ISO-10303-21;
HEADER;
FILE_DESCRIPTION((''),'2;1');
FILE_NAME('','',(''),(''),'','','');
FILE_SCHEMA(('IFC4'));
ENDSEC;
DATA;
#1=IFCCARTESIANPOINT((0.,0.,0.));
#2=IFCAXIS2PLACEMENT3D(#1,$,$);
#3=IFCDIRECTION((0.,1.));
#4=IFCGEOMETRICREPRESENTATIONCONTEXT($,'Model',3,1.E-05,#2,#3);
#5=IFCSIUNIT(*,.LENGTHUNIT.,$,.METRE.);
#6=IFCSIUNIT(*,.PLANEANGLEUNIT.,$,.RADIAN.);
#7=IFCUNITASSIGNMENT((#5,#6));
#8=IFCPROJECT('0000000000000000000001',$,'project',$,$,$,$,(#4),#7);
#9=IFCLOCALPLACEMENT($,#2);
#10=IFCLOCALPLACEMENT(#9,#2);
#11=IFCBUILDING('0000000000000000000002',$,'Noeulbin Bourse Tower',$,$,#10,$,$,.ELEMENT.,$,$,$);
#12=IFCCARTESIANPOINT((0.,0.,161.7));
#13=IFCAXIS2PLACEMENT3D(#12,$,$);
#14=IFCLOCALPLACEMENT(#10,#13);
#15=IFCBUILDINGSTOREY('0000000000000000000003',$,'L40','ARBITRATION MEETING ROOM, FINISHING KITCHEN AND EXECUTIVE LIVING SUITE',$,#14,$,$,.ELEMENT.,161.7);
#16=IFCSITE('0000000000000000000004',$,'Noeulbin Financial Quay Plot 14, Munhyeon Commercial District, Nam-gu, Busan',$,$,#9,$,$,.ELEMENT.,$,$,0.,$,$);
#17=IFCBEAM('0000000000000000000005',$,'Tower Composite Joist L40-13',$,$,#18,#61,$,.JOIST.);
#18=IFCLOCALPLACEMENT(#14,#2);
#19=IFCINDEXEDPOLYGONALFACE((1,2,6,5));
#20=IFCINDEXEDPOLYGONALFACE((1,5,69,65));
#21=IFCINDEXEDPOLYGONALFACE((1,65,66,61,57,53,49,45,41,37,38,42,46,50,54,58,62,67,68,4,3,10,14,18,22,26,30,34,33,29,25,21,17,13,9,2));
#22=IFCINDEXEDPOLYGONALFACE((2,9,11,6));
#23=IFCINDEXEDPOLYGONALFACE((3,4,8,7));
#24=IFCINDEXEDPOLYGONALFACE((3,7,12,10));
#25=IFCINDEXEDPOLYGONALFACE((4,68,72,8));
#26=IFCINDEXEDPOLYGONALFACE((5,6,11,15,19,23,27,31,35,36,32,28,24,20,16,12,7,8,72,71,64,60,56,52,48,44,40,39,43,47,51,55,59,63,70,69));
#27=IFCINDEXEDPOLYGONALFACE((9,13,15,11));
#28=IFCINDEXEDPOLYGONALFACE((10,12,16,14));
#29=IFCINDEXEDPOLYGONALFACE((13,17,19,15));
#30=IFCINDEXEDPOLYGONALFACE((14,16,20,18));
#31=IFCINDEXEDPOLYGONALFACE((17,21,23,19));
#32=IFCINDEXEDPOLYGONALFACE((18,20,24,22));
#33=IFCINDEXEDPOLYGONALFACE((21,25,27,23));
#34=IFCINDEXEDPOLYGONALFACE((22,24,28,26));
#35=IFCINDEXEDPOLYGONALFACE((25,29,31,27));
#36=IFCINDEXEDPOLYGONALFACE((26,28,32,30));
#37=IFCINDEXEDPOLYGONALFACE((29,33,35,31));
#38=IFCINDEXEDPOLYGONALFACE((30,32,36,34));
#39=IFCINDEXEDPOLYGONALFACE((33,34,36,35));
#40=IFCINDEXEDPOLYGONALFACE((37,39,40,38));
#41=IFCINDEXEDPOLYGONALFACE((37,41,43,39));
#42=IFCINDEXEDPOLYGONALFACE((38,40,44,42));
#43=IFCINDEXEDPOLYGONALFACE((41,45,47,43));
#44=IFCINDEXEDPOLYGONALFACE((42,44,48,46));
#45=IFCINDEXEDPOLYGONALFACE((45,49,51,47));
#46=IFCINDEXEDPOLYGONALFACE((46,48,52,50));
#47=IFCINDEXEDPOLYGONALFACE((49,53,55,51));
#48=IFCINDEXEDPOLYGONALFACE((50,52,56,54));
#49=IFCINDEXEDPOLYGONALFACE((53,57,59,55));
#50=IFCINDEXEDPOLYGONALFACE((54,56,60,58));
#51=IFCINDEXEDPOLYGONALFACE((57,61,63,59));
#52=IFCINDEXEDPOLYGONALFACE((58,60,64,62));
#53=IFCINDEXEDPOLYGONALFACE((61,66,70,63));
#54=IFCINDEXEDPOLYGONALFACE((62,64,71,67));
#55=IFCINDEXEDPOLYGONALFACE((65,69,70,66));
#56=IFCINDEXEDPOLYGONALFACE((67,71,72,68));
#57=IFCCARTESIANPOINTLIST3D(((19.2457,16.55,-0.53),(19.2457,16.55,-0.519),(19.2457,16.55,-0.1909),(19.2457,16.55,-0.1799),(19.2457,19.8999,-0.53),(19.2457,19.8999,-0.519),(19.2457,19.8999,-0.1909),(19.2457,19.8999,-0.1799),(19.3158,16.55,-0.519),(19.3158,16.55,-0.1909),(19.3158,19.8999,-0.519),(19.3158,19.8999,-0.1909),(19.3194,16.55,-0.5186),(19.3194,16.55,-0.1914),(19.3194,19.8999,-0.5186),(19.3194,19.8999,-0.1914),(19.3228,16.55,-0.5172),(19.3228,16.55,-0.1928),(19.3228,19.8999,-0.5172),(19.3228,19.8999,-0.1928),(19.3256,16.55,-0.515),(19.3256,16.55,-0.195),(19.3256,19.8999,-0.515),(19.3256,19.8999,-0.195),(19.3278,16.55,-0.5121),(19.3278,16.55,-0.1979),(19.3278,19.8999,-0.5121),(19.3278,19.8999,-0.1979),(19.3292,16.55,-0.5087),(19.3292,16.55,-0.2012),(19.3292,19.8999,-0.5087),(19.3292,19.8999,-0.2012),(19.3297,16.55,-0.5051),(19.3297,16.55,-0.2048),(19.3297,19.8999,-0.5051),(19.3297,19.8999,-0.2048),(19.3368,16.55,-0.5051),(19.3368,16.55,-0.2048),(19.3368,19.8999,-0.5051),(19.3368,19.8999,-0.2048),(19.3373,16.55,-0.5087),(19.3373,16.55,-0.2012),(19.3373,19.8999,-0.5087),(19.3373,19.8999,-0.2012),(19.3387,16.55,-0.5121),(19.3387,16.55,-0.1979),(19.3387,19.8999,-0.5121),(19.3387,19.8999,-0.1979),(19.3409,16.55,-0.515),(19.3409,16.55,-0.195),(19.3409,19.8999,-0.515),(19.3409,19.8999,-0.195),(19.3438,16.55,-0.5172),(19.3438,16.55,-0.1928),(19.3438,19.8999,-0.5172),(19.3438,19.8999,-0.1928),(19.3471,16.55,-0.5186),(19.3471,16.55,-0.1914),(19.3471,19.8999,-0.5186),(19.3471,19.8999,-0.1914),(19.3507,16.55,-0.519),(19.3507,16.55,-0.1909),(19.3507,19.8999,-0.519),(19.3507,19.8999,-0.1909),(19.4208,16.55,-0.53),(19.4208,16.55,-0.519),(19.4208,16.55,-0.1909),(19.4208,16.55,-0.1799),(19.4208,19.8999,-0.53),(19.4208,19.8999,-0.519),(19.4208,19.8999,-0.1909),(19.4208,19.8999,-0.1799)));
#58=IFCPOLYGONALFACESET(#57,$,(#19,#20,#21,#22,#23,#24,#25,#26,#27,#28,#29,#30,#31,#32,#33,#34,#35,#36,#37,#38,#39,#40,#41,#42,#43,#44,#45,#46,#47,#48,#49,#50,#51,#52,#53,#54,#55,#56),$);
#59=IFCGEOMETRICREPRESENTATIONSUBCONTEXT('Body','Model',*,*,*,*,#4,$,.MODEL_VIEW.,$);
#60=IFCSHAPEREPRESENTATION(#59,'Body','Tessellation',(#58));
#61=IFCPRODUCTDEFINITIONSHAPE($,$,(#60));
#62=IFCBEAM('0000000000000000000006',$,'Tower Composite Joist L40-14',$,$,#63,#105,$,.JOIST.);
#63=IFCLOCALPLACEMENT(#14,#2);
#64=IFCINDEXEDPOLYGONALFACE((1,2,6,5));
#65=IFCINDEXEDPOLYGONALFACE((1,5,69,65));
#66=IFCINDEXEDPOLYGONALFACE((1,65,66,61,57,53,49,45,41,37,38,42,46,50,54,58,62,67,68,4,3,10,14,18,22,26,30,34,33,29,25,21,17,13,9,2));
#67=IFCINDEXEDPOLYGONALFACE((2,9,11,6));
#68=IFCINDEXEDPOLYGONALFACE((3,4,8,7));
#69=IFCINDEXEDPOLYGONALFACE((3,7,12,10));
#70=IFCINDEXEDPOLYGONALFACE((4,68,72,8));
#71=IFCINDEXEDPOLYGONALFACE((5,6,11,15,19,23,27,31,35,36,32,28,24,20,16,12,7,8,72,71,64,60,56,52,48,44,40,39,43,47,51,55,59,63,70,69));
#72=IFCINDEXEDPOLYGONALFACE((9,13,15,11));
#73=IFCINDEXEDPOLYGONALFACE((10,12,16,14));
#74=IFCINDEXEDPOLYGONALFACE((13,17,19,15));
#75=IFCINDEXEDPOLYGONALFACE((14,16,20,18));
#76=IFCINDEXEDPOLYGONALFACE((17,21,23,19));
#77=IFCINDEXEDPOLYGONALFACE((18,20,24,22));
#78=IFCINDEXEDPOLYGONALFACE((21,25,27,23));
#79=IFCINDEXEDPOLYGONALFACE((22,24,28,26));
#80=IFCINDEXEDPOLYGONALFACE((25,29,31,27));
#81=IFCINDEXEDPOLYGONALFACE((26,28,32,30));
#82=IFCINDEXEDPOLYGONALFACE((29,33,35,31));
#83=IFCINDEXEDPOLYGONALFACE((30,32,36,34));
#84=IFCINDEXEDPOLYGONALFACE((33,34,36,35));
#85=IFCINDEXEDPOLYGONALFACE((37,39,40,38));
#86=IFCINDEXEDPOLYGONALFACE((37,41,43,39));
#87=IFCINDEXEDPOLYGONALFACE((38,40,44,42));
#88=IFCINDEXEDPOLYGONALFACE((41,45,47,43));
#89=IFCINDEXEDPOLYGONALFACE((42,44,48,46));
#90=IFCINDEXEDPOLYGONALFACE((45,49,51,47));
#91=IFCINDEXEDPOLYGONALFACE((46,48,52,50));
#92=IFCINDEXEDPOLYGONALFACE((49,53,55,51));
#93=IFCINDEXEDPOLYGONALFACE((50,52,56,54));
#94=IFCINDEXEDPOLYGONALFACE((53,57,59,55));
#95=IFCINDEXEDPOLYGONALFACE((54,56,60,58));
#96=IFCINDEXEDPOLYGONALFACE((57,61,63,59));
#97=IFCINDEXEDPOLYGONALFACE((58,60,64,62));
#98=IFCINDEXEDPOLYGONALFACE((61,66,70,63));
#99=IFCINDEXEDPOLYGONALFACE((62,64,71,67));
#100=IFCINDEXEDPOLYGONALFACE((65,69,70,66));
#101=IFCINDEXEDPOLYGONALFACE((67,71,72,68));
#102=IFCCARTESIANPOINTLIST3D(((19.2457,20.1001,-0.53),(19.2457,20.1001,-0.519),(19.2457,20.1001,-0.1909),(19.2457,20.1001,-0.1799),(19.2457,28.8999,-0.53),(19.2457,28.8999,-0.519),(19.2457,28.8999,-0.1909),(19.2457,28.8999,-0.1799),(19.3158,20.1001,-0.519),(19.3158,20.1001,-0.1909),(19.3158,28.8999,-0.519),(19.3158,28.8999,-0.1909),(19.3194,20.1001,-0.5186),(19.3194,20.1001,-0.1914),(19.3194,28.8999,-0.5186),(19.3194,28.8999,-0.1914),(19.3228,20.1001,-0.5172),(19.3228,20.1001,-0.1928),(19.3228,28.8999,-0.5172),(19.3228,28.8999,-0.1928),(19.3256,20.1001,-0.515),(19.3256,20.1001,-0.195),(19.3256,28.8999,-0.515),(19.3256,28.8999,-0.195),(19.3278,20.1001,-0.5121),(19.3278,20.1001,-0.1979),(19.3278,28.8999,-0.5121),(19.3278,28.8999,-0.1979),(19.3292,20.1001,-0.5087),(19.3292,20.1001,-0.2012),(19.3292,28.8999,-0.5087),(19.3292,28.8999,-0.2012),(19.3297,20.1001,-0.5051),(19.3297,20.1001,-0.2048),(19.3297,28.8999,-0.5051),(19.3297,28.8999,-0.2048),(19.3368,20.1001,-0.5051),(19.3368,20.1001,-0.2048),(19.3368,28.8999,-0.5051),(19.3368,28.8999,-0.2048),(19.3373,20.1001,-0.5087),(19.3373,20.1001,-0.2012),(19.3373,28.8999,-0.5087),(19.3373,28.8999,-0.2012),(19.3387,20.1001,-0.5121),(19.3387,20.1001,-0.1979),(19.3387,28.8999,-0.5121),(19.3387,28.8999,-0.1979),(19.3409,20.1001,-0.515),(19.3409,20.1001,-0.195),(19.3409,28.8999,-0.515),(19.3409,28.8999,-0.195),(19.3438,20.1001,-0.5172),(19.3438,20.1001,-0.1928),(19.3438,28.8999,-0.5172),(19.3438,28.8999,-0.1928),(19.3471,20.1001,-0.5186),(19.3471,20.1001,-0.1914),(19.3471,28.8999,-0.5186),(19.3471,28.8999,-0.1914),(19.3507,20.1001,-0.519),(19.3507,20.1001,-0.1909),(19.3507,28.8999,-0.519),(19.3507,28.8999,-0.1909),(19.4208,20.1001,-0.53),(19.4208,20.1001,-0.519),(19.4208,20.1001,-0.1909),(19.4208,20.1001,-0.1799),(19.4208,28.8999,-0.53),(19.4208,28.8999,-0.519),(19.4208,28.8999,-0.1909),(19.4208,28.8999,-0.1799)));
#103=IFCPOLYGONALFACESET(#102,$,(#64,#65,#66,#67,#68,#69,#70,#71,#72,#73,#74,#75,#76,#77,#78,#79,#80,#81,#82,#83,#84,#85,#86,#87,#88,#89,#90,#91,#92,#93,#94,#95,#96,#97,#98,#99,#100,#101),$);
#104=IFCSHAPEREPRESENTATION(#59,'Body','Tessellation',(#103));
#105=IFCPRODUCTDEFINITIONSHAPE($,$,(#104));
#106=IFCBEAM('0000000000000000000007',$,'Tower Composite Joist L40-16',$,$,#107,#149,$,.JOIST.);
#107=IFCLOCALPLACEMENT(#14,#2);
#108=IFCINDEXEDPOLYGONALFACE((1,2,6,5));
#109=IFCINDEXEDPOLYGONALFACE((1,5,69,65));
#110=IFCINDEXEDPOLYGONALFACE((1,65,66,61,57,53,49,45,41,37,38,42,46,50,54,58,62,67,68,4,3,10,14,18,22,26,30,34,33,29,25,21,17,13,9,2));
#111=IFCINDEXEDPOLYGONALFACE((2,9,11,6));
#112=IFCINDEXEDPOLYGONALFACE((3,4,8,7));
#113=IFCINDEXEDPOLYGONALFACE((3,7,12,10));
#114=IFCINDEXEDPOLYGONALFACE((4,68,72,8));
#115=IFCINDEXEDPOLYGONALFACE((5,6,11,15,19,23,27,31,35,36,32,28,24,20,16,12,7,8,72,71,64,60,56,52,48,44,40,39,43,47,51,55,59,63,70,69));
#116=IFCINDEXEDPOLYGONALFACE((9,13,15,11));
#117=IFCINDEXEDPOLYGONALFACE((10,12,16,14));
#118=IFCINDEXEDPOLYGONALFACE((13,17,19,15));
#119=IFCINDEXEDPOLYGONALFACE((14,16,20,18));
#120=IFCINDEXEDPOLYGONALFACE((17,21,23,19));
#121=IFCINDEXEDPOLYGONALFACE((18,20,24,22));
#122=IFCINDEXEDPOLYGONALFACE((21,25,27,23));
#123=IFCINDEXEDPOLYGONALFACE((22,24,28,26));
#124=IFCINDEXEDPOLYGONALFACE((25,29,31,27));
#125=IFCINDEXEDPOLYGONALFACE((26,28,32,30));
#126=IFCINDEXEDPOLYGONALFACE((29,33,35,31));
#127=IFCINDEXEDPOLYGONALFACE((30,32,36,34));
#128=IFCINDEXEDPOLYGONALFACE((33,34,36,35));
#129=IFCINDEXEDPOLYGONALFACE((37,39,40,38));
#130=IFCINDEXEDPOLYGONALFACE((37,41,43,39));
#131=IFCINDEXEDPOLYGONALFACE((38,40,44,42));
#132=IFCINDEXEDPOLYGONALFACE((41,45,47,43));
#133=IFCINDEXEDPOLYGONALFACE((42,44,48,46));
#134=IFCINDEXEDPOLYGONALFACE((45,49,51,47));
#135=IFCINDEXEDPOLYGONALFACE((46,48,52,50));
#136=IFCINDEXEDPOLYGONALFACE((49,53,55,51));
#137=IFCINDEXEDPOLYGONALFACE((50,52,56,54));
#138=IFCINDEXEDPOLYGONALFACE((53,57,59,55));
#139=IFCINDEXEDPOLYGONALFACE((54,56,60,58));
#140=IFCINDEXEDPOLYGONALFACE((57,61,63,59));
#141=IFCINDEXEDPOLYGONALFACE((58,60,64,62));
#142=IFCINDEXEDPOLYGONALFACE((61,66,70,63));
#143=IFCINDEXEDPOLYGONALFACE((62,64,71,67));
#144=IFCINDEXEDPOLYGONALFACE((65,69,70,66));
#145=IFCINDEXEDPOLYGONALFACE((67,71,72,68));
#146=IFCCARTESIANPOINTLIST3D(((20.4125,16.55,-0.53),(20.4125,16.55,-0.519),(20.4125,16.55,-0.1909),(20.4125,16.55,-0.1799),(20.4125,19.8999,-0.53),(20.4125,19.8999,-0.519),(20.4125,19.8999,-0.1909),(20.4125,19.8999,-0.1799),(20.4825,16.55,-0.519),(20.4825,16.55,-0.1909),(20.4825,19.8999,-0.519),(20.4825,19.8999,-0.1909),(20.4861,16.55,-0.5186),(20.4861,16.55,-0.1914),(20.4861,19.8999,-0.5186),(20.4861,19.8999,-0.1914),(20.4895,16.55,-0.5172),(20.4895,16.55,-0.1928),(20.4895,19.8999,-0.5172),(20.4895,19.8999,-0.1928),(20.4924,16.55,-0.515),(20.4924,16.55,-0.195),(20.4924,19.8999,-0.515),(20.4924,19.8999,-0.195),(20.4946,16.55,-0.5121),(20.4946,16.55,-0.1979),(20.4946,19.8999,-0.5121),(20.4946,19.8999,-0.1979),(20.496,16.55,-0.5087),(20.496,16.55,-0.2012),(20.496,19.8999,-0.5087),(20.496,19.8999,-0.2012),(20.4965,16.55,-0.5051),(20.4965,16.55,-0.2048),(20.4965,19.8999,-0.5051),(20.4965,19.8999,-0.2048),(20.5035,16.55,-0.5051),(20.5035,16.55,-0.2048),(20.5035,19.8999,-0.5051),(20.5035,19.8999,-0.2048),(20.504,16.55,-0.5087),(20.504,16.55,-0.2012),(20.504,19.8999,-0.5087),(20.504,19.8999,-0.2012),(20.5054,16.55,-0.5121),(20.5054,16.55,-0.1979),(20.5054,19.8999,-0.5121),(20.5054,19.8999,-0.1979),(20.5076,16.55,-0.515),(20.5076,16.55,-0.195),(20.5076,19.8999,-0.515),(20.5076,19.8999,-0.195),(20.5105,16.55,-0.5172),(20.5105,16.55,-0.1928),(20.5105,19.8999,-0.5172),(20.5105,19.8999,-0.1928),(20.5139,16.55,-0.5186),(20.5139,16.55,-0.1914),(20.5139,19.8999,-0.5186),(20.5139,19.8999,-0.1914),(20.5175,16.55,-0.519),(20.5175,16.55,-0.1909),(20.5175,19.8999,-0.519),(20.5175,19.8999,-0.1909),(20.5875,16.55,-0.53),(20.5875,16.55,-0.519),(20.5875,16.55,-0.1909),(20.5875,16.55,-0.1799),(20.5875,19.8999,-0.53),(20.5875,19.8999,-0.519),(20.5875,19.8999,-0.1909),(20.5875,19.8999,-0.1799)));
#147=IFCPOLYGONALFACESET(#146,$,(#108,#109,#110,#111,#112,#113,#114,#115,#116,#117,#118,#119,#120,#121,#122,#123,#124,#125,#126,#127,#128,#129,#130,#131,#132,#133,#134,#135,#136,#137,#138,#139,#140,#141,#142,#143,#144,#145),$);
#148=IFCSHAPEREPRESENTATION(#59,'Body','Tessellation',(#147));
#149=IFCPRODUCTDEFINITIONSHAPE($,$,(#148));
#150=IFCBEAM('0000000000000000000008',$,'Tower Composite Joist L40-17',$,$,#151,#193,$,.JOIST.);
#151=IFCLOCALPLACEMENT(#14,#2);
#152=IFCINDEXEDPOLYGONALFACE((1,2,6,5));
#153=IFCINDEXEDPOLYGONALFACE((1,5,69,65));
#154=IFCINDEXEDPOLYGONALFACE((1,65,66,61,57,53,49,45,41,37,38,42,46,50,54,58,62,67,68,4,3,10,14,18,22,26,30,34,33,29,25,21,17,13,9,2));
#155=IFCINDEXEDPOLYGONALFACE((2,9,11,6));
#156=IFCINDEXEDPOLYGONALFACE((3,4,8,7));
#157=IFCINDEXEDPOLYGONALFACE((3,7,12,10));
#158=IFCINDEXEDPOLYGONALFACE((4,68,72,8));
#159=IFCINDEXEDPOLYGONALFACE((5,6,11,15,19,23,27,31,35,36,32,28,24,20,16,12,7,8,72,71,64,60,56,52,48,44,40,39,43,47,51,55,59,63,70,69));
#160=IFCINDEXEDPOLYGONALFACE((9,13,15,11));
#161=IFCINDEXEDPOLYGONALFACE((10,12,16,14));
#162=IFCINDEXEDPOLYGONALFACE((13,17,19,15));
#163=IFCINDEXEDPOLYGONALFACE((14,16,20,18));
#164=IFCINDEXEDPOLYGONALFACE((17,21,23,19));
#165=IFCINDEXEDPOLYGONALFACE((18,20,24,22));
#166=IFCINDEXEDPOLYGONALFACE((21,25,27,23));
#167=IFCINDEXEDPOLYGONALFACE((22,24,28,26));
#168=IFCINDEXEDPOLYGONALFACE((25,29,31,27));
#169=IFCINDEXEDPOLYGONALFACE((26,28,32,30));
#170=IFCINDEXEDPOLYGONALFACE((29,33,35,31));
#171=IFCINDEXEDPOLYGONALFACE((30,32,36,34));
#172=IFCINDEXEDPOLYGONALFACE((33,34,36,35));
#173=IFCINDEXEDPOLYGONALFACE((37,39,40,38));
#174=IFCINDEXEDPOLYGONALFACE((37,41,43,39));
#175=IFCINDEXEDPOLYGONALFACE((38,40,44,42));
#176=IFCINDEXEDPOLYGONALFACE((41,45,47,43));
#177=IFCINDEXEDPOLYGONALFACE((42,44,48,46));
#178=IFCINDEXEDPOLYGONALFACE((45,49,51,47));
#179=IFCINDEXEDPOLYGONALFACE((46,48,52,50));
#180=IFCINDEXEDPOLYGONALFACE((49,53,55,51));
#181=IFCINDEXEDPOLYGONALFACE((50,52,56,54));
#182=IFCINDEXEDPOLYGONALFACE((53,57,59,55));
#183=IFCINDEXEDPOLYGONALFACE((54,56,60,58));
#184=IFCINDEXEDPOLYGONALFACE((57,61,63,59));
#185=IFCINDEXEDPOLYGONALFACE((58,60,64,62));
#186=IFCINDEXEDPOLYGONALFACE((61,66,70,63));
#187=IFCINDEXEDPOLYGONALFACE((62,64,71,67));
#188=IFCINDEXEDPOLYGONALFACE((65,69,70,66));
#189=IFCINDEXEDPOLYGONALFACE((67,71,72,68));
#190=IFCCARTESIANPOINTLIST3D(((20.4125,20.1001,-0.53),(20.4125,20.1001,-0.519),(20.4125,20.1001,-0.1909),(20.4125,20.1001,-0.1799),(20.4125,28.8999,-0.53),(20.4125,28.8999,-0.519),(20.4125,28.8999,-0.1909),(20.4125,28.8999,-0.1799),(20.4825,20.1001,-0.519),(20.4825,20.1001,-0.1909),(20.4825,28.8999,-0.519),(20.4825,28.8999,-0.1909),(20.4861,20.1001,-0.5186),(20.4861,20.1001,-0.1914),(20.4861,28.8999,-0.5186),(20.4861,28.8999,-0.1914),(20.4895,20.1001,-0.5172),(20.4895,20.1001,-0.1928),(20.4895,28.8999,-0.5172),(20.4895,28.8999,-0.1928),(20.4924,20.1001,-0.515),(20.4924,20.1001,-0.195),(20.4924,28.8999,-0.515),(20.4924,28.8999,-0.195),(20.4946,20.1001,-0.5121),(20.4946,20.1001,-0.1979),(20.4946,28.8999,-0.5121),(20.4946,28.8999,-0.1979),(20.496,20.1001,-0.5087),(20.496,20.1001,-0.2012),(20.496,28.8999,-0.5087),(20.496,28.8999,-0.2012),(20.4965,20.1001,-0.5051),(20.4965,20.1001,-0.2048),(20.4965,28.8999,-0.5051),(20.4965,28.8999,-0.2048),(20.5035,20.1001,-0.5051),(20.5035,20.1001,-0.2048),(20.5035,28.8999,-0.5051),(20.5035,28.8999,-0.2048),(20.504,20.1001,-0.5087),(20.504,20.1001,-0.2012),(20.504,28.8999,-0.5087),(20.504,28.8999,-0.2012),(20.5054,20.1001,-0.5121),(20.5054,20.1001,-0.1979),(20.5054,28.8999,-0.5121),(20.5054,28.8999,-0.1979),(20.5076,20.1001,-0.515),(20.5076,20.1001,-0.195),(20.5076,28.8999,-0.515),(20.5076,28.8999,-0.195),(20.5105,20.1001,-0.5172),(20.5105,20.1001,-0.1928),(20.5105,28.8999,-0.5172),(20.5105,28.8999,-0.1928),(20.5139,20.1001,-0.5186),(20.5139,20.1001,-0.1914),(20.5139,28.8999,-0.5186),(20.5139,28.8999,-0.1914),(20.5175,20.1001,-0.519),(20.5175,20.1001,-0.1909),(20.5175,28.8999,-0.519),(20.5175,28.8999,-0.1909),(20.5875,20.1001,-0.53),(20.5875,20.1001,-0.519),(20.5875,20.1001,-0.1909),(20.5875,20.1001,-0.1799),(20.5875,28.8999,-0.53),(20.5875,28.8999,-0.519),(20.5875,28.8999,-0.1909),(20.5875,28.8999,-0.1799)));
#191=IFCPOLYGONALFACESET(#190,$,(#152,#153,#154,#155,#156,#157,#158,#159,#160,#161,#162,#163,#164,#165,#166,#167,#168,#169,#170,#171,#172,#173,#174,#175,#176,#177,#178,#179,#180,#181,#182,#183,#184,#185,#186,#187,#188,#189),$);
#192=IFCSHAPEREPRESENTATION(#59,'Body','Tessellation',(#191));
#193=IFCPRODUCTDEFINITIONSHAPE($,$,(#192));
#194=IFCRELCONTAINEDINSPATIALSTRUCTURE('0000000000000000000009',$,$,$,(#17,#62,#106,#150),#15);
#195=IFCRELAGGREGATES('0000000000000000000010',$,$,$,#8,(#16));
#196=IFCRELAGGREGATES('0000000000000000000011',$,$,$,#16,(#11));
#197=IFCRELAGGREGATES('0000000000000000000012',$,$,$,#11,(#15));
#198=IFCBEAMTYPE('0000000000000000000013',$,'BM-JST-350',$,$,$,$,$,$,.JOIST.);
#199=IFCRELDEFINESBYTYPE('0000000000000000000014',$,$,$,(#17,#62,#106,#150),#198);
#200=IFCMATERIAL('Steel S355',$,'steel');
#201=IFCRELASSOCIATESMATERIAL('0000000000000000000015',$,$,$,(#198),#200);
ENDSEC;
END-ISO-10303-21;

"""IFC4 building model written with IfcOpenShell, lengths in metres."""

from ifc_helpers import new_model, si_unit, direction, frame, origin, origin_2d, place, context, subcontext, project, spatial, i_section, extrude, material, material_profile, profile_set, type_object, element, save


model = new_model("IFC4")

# Units and contexts
model_context = context("Model", 3, precision=1e-05, world=origin(), true_north=direction((0.0, 1.0)))
body_context = subcontext(model_context, "Body", "Model", "MODEL_VIEW")
ifc_project = project(units=[si_unit("LENGTHUNIT", "METRE"), si_unit("PLANEANGLEUNIT", "RADIAN")], contexts=[model_context])

# Site, building, storey
site_placement = place(None, origin())
site = spatial("IfcSite", under=ifc_project, at=site_placement, Name="Noeulbin Financial Quay Plot 14, Munhyeon Commercial District, Nam-gu, Busan", CompositionType="ELEMENT", RefElevation=0.0)
building_placement = place(site_placement, origin())
building = spatial("IfcBuilding", under=site, at=building_placement, Name="Noeulbin Bourse Tower", CompositionType="ELEMENT")
storey_placement = place(building_placement, frame((0.0, 0.0, 161.7)))
storey = spatial("IfcBuildingStorey", under=building, at=storey_placement, Name="L40", Description="ARBITRATION MEETING ROOM, FINISHING KITCHEN AND EXECUTIVE LIVING SUITE", CompositionType="ELEMENT", Elevation=161.7)

# Shared definitions
ifc_material_1 = material(Name="Steel S355", Category="steel")

# Beams
ifc_material_profile_1 = material_profile(ifc_material_1, i_section(OverallWidth=0.175, OverallDepth=0.3501, WebThickness=0.0071, FlangeThickness=0.011, FilletRadius=0.0139, at=origin_2d()), Name="H-350x175x7x11", Category="LoadBearing")
ifc_profile_set_1 = profile_set([ifc_material_profile_1], Name="Steel S355")
beam_type_1 = type_object("IfcBeamType", Name="BM-JST-350", PredefinedType="JOIST", material=ifc_profile_set_1)
beam_1_placement = place(storey_placement, frame((19.3333, 16.55, -0.355), z_axis=(0.0, 1.0, 0.0), x_axis=(-1.0, 0.0, 0.0)))
element("IfcBeam", 1, at=beam_1_placement, inside=storey, type_object=beam_type_1, Name="Tower Composite Joist L40-13", PredefinedType="JOIST", context=body_context, shape_type="SweptSolid", body=[
    extrude(i_section(OverallWidth=0.175, OverallDepth=0.3501, WebThickness=0.0071, FlangeThickness=0.011, FilletRadius=0.0139, at=origin_2d()), origin(), (0.0, 0.0, 1.0), 3.3499),
])
beam_2_placement = place(storey_placement, frame((19.3333, 20.1001, -0.355), z_axis=(0.0, 1.0, 0.0), x_axis=(-1.0, 0.0, 0.0)))
element("IfcBeam", 2, at=beam_2_placement, inside=storey, type_object=beam_type_1, Name="Tower Composite Joist L40-14", PredefinedType="JOIST", context=body_context, shape_type="SweptSolid", body=[
    extrude(i_section(OverallWidth=0.175, OverallDepth=0.3501, WebThickness=0.0071, FlangeThickness=0.011, FilletRadius=0.0139, at=origin_2d()), origin(), (0.0, 0.0, 1.0), 8.7998),
])
beam_3_placement = place(storey_placement, frame((20.5, 16.55, -0.355), z_axis=(0.0, 1.0, 0.0), x_axis=(-1.0, 0.0, 0.0)))
element("IfcBeam", 3, at=beam_3_placement, inside=storey, type_object=beam_type_1, Name="Tower Composite Joist L40-16", PredefinedType="JOIST", context=body_context, shape_type="SweptSolid", body=[
    extrude(i_section(OverallWidth=0.175, OverallDepth=0.3501, WebThickness=0.0071, FlangeThickness=0.011, FilletRadius=0.0139, at=origin_2d()), origin(), (0.0, 0.0, 1.0), 3.3499),
])
beam_4_placement = place(storey_placement, frame((20.5, 20.1001, -0.355), z_axis=(0.0, 1.0, 0.0), x_axis=(-1.0, 0.0, 0.0)))
element("IfcBeam", 4, at=beam_4_placement, inside=storey, type_object=beam_type_1, Name="Tower Composite Joist L40-17", PredefinedType="JOIST", context=body_context, shape_type="SweptSolid", body=[
    extrude(i_section(OverallWidth=0.175, OverallDepth=0.3501, WebThickness=0.0071, FlangeThickness=0.011, FilletRadius=0.0139, at=origin_2d()), origin(), (0.0, 0.0, 1.0), 8.7998),
])

save(model, "model.ifc")
